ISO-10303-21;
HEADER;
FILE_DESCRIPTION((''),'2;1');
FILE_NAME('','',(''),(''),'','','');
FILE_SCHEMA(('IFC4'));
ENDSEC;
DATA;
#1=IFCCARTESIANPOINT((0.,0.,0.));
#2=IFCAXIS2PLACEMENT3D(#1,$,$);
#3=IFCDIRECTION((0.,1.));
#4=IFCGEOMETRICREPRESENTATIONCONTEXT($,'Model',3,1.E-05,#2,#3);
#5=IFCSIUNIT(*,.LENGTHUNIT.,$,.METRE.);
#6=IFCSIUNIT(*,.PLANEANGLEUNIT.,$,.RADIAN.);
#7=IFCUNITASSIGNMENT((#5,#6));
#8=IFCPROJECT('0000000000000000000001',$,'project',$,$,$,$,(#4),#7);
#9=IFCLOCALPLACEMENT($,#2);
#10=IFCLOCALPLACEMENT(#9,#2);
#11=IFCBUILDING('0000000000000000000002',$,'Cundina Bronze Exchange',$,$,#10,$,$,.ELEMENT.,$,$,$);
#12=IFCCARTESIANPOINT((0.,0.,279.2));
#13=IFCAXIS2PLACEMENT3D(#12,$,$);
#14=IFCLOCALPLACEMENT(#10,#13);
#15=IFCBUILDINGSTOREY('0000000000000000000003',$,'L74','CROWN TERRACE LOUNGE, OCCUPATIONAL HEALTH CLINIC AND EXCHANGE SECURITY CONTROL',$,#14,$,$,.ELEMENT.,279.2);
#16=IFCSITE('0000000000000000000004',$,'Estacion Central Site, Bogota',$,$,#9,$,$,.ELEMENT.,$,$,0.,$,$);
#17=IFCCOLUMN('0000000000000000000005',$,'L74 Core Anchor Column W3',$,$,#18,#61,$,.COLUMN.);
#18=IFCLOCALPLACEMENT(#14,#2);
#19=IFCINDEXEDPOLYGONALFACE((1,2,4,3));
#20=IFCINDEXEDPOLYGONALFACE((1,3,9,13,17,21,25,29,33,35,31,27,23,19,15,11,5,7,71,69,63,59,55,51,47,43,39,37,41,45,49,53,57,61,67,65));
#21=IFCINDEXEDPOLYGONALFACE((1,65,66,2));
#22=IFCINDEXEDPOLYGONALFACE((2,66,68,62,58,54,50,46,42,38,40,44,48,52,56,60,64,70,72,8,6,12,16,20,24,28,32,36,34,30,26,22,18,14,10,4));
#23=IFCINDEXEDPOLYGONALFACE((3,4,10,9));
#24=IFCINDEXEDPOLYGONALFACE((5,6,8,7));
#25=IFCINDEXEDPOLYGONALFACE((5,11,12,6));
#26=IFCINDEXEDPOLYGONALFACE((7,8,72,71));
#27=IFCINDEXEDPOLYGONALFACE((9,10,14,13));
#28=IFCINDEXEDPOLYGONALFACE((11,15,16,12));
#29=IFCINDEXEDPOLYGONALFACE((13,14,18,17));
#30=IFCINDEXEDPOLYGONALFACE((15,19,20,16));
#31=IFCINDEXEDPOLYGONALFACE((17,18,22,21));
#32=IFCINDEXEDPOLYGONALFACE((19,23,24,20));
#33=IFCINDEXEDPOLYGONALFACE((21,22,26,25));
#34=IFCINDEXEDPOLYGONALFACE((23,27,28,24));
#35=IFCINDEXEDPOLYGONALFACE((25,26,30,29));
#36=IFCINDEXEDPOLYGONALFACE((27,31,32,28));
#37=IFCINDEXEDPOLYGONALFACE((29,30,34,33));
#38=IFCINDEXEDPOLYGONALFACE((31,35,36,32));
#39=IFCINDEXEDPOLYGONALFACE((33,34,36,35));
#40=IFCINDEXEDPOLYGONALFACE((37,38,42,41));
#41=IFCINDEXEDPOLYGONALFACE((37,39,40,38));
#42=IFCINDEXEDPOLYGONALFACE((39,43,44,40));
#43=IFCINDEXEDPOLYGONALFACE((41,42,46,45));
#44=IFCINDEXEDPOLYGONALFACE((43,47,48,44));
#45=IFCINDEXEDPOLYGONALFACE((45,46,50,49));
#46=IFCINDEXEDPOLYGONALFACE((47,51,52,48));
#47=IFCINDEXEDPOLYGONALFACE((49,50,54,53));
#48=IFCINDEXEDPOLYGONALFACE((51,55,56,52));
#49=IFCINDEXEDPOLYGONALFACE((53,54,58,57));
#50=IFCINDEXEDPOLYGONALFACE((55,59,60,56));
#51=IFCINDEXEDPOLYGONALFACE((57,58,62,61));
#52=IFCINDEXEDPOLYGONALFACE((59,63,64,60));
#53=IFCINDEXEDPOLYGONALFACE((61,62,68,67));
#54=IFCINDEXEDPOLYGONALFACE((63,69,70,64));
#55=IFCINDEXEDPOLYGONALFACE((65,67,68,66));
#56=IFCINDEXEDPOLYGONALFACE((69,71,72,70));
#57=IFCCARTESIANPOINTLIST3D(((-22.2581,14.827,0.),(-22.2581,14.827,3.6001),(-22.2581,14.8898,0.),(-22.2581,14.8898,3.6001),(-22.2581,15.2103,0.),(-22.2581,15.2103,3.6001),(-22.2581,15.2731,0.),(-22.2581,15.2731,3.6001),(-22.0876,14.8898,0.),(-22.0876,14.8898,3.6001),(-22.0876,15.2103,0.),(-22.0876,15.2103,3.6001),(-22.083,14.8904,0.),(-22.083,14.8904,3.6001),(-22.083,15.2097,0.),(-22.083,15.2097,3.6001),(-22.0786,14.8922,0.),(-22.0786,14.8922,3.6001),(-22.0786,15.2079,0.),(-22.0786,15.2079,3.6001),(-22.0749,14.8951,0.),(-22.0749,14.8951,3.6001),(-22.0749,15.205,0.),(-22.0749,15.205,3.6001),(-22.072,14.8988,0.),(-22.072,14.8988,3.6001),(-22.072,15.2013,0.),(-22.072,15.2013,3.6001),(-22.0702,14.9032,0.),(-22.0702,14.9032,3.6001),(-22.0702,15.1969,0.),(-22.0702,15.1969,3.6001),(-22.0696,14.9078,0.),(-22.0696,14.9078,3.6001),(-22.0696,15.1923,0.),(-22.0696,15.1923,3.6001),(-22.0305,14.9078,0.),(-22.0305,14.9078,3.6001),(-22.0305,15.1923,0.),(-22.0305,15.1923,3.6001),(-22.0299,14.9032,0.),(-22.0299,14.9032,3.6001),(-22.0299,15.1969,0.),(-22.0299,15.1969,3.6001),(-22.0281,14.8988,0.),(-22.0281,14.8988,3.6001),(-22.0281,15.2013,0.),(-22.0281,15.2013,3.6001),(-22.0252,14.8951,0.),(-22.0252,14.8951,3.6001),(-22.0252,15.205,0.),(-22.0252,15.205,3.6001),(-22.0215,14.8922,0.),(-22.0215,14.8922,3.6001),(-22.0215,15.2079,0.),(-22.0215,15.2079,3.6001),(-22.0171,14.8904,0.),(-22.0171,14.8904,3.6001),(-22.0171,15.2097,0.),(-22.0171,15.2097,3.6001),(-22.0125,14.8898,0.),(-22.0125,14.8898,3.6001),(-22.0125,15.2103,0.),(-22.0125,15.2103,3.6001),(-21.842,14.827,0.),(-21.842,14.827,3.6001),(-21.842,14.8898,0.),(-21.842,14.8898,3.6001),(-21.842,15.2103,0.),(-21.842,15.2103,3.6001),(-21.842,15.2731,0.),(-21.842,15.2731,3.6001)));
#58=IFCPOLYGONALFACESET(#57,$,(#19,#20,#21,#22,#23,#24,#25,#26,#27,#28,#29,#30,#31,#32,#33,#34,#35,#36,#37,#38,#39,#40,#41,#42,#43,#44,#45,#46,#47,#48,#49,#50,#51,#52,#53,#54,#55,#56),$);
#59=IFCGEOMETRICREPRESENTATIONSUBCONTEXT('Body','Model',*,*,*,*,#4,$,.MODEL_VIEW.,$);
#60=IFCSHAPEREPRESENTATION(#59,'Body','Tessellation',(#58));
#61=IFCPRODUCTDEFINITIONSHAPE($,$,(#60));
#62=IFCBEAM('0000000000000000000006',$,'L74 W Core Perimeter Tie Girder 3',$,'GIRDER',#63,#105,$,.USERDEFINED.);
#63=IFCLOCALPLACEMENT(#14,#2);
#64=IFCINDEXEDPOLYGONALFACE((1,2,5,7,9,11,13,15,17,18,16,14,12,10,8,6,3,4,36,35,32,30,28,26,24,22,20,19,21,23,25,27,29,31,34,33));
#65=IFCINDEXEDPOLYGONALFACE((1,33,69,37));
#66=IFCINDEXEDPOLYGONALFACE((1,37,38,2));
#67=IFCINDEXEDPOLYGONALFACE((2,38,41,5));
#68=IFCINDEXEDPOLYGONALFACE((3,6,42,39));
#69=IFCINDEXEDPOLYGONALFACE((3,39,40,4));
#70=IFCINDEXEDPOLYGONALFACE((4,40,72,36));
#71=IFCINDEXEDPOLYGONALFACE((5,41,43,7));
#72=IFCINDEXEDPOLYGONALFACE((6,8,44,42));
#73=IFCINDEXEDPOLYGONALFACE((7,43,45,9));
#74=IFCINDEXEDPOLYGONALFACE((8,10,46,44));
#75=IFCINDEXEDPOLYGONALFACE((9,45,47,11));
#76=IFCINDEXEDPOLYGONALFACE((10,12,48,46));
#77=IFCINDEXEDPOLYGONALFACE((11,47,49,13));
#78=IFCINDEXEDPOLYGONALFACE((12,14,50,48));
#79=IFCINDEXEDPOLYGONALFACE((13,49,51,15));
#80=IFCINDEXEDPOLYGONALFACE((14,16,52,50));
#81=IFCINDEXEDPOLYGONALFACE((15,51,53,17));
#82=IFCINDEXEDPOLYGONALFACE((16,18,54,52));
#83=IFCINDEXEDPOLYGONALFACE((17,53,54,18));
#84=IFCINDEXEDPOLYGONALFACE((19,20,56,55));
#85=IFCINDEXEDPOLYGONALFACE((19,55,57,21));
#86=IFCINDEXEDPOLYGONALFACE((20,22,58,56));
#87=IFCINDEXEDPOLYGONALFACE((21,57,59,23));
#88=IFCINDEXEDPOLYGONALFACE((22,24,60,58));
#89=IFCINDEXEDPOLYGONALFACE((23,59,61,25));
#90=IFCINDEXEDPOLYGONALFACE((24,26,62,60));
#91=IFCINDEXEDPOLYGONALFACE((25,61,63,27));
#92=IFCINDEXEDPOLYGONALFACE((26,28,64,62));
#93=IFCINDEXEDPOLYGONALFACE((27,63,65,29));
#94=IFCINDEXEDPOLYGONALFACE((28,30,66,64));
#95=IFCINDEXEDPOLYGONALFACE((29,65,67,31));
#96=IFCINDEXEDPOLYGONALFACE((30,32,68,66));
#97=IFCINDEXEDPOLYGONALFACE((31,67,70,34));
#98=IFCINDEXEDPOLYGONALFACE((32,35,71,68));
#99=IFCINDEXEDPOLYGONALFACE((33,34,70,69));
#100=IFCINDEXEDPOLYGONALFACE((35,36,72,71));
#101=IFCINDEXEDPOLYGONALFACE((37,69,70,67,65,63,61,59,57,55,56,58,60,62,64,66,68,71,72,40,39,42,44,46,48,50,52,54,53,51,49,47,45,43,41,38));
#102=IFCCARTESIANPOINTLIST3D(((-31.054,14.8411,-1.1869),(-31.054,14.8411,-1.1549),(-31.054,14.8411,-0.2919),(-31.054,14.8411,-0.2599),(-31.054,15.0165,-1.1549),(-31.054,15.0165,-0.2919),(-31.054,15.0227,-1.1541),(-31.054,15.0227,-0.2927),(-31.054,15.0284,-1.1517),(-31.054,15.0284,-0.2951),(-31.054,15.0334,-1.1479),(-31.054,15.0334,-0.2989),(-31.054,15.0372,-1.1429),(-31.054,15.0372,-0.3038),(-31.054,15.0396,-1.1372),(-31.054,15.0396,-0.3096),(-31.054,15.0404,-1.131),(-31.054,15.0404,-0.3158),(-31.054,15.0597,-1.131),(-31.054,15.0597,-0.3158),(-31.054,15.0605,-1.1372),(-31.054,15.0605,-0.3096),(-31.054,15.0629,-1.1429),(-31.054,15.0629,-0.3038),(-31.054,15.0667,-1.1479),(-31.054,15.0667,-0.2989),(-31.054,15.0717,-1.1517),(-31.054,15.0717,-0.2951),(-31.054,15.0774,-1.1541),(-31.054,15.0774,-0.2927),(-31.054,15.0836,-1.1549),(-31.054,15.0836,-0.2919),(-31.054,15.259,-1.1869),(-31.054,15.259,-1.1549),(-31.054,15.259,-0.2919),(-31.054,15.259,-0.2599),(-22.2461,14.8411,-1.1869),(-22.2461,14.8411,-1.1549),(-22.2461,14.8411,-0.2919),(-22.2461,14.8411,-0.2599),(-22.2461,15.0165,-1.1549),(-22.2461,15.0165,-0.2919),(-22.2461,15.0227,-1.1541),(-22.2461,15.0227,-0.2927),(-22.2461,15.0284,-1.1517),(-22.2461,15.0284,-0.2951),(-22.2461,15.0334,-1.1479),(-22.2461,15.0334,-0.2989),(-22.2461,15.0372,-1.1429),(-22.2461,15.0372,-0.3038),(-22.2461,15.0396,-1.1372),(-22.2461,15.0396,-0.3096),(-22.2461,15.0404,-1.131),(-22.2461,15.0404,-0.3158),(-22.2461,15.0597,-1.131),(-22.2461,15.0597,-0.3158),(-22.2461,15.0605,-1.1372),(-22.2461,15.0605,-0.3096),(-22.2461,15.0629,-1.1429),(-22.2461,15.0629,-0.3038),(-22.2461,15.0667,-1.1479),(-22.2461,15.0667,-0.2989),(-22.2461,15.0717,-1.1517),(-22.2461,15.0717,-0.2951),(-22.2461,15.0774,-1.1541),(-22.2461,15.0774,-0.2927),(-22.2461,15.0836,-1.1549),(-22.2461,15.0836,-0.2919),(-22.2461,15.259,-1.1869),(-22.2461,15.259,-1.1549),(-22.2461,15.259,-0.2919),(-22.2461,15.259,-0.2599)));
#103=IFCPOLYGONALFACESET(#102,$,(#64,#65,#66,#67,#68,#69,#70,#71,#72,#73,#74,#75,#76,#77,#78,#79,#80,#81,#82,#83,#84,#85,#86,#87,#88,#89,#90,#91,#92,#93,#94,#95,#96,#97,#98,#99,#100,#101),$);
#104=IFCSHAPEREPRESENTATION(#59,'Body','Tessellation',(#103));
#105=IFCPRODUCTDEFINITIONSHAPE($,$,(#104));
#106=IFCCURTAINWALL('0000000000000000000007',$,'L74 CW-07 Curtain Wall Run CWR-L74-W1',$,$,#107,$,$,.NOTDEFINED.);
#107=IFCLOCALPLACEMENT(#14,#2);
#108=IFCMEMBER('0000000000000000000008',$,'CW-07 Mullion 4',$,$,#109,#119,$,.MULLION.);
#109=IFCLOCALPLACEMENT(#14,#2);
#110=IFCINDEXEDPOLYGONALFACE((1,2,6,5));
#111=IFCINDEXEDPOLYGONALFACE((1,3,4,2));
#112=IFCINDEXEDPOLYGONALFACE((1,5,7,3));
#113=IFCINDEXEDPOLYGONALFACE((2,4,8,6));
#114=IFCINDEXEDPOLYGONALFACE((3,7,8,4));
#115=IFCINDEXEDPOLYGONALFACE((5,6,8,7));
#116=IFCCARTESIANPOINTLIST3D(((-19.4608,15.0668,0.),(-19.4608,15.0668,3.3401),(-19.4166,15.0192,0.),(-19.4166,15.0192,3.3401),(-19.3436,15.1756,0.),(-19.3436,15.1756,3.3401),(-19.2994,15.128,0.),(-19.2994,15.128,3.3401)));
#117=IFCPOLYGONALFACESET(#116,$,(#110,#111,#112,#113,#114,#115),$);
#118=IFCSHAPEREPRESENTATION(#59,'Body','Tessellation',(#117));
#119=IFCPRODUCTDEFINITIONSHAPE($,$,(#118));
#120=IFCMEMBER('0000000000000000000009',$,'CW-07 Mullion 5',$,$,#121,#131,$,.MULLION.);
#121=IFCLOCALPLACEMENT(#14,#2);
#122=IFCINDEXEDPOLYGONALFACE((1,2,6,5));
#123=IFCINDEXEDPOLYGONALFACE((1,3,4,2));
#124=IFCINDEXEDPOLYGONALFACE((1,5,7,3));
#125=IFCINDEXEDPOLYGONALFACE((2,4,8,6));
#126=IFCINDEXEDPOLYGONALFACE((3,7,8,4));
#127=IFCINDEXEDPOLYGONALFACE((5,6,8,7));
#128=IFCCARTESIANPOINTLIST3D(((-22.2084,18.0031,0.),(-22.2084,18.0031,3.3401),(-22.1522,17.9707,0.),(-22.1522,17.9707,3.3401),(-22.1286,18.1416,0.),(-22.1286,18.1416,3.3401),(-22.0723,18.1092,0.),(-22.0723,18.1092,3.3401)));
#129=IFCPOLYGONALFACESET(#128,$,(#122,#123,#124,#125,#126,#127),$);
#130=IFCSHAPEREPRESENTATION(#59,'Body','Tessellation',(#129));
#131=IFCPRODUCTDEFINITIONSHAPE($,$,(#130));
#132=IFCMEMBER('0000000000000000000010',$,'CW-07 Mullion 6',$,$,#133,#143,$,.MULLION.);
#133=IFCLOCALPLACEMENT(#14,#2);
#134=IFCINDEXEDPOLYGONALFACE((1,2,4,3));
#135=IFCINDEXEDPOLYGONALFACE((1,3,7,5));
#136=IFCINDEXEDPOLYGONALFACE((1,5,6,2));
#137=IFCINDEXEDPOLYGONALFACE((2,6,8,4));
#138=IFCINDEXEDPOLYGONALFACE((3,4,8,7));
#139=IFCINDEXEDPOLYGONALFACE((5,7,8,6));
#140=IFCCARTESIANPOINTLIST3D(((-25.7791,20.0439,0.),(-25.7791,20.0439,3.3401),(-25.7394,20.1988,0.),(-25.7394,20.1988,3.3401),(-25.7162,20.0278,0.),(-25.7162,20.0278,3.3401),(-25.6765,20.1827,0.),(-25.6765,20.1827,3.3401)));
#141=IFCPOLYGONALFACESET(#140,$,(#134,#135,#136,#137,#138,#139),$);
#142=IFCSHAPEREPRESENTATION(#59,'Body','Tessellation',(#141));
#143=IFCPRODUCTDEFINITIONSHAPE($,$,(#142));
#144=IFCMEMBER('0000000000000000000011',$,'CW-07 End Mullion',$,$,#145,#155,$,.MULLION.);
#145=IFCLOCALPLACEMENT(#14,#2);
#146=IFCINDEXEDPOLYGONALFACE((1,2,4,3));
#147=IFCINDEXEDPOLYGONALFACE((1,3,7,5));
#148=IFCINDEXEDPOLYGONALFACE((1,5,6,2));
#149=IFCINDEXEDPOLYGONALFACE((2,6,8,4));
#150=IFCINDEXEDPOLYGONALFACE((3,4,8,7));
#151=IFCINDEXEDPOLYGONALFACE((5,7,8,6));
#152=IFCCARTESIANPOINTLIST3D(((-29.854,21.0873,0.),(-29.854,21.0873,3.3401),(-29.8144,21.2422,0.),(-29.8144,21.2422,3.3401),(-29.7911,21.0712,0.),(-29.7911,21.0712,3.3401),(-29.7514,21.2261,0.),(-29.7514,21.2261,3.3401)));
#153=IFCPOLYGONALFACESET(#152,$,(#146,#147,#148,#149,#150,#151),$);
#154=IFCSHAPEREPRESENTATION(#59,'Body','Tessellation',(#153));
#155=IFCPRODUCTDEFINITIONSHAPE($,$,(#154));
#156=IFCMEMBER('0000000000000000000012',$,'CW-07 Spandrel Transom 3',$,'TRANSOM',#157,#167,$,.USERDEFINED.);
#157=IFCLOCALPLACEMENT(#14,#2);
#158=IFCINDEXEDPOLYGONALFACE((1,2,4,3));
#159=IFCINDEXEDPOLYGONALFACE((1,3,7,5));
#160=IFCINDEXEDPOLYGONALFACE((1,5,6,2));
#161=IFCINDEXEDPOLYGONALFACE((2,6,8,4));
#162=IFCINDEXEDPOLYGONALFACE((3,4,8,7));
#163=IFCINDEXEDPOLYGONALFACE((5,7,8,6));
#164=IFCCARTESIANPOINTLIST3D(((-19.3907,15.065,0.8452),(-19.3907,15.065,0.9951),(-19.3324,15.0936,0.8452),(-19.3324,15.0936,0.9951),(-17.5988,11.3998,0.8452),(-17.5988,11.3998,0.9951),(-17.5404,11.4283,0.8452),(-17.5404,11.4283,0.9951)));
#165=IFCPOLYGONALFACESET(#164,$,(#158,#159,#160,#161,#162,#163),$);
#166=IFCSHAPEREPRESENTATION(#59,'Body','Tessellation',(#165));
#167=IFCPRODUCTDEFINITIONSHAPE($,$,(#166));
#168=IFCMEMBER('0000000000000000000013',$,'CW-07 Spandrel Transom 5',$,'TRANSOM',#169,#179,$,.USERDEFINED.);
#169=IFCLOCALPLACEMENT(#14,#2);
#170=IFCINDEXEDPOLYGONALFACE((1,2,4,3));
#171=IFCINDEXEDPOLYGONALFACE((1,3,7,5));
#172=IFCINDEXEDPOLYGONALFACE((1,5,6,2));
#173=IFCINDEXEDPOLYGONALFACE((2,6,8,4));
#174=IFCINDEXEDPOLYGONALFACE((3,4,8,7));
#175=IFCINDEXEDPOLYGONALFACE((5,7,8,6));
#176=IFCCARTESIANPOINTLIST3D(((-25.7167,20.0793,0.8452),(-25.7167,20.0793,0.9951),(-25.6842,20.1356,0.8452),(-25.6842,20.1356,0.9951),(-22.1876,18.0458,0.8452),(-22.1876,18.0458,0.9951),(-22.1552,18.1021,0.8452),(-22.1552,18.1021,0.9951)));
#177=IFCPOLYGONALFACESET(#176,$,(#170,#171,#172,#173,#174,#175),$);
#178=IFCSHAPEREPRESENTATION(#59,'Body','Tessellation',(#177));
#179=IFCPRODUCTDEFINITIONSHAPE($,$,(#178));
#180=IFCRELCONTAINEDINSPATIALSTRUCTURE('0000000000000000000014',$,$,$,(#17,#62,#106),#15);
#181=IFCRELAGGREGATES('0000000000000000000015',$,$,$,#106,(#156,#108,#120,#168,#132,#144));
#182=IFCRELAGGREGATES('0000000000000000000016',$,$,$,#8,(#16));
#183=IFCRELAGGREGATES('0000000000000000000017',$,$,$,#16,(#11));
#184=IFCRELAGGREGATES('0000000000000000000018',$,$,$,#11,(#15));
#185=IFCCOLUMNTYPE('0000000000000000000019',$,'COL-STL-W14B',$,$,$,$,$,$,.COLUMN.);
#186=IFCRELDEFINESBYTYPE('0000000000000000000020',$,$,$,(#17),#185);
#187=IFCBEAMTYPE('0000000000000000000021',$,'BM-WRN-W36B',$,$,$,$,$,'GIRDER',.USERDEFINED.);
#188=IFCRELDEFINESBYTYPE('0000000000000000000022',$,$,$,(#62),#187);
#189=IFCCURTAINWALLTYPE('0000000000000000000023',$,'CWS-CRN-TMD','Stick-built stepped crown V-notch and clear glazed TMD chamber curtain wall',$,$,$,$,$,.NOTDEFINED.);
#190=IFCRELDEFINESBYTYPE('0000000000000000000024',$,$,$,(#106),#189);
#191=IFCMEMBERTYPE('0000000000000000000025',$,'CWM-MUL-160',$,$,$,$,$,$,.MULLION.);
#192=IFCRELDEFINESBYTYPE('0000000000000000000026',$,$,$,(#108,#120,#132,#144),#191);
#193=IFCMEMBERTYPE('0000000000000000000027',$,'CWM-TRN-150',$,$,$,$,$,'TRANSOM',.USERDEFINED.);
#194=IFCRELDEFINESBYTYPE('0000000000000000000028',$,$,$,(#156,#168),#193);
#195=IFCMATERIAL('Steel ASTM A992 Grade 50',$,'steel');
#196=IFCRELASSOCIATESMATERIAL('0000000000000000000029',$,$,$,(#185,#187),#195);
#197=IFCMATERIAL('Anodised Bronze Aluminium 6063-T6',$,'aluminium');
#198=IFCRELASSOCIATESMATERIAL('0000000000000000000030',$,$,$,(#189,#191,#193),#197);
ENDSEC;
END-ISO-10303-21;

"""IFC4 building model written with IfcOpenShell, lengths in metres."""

from ifc_helpers import new_model, si_unit, direction, frame, origin, origin_2d, place, context, subcontext, project, spatial, rectangle, i_section, extrude, material, material_profile, profile_set, type_object, element, aggregate, save


model = new_model("IFC4")

# Units and contexts
model_context = context("Model", 3, precision=1e-05, world=origin(), true_north=direction((0.0, 1.0)))
body_context = subcontext(model_context, "Body", "Model", "MODEL_VIEW")
ifc_project = project(units=[si_unit("LENGTHUNIT", "METRE"), si_unit("PLANEANGLEUNIT", "RADIAN")], contexts=[model_context])

# Site, building, storey
site_placement = place(None, origin())
site = spatial("IfcSite", under=ifc_project, at=site_placement, Name="Estacion Central Site, Bogota", CompositionType="ELEMENT", RefElevation=0.0)
building_placement = place(site_placement, origin())
building = spatial("IfcBuilding", under=site, at=building_placement, Name="Cundina Bronze Exchange", CompositionType="ELEMENT")
storey_placement = place(building_placement, frame((0.0, 0.0, 279.2)))
storey = spatial("IfcBuildingStorey", under=building, at=storey_placement, Name="L74", Description="CROWN TERRACE LOUNGE, OCCUPATIONAL HEALTH CLINIC AND EXCHANGE SECURITY CONTROL", CompositionType="ELEMENT", Elevation=279.2)

# Column
ifc_material_1 = material(Name="Steel ASTM A992 Grade 50", Category="steel")
ifc_material_profile_1 = material_profile(ifc_material_1, i_section(OverallWidth=0.416, OverallDepth=0.446, WebThickness=0.0391, FlangeThickness=0.0627, FilletRadius=0.0181, at=origin_2d()), Name="W14X342", Category="steel")
ifc_profile_set_1 = profile_set([ifc_material_profile_1], Name="Steel ASTM A992 Grade 50")
column_type = type_object("IfcColumnType", Name="COL-STL-W14B", PredefinedType="COLUMN", material=ifc_profile_set_1)
column_placement = place(storey_placement, frame((-22.05, 15.05, 0.0), z_axis=(0.0, 0.0, 1.0), x_axis=(1.0, 0.0, 0.0)))
element("IfcColumn", 1, at=column_placement, inside=storey, type_object=column_type, Name="L74 Core Anchor Column W3", PredefinedType="COLUMN", context=body_context, shape_type="SweptSolid", body=[
    extrude(i_section(OverallWidth=0.416, OverallDepth=0.446, WebThickness=0.0391, FlangeThickness=0.0627, FilletRadius=0.0181, at=origin_2d()), origin(), (0.0, 0.0, 1.0), 3.6001),
])

# Beam
ifc_material_profile_2 = material_profile(ifc_material_1, i_section(OverallWidth=0.418, OverallDepth=0.927, WebThickness=0.0193, FlangeThickness=0.032, FilletRadius=0.0239, at=origin_2d()), Name="W36X231", Category="steel")
ifc_profile_set_2 = profile_set([ifc_material_profile_2], Name="Steel ASTM A992 Grade 50")
beam_type = type_object("IfcBeamType", Name="BM-WRN-W36B", ElementType="GIRDER", PredefinedType="USERDEFINED", material=ifc_profile_set_2)
beam_placement = place(storey_placement, frame((-22.2461, 15.05, -0.7234), z_axis=(-1.0, 0.0, 0.0), x_axis=(0.0, -1.0, 0.0)))
element("IfcBeam", 2, at=beam_placement, inside=storey, type_object=beam_type, Name="L74 W Core Perimeter Tie Girder 3", ObjectType="GIRDER", PredefinedType="USERDEFINED", context=body_context, shape_type="SweptSolid", body=[
    extrude(i_section(OverallWidth=0.418, OverallDepth=0.927, WebThickness=0.0193, FlangeThickness=0.032, FilletRadius=0.0239, at=origin_2d()), origin(), (0.0, 0.0, 1.0), 8.8079),
])

# Curtain wall, members
ifc_material_2 = material(Name="Anodised Bronze Aluminium 6063-T6", Category="aluminium")
curtain_wall_type = type_object("IfcCurtainWallType", Name="CWS-CRN-TMD", Description="Stick-built stepped crown V-notch and clear glazed TMD chamber curtain wall", PredefinedType="NOTDEFINED", material=ifc_material_2)
curtain_wall_placement = place(storey_placement, origin())
curtain_wall = element("IfcCurtainWall", 3, at=curtain_wall_placement, inside=storey, type_object=curtain_wall_type, Name="L74 CW-07 Curtain Wall Run CWR-L74-W1", PredefinedType="NOTDEFINED")
ifc_material_profile_3 = material_profile(ifc_material_2, rectangle(XDim=0.0649, YDim=0.1599, at=origin_2d()), Name="AL65X160", Category="aluminium")
ifc_profile_set_3 = profile_set([ifc_material_profile_3], Name="Anodised Bronze Aluminium 6063-T6")
member_type_1 = type_object("IfcMemberType", Name="CWM-MUL-160", PredefinedType="MULLION", material=ifc_profile_set_3)
member_1_placement = place(storey_placement, frame((-19.3801, 15.0974, 0.0), z_axis=(0.0, 0.0, 1.0), x_axis=(-0.680465, 0.73278, 0.0)))
member_1 = element("IfcMember", 4, at=member_1_placement, type_object=member_type_1, Name="CW-07 Mullion 4", PredefinedType="MULLION", context=body_context, shape_type="SweptSolid", body=[
    extrude(rectangle(XDim=0.0649, YDim=0.1599, at=origin_2d()), origin(), (0.0, 0.0, 1.0), 3.3401),
])
member_2_placement = place(storey_placement, frame((-22.1404, 18.0562, 0.0), z_axis=(0.0, 0.0, 1.0), x_axis=(-0.866461, 0.499244, 0.0)))
member_2 = element("IfcMember", 5, at=member_2_placement, type_object=member_type_1, Name="CW-07 Mullion 5", PredefinedType="MULLION", context=body_context, shape_type="SweptSolid", body=[
    extrude(rectangle(XDim=0.0649, YDim=0.1599, at=origin_2d()), origin(), (0.0, 0.0, 1.0), 3.3401),
])
member_3_placement = place(storey_placement, frame((-25.7278, 20.1133, 0.0), z_axis=(0.0, 0.0, 1.0), x_axis=(-0.968757, 0.248014, 0.0)))
member_3 = element("IfcMember", 6, at=member_3_placement, type_object=member_type_1, Name="CW-07 Mullion 6", PredefinedType="MULLION", context=body_context, shape_type="SweptSolid", body=[
    extrude(rectangle(XDim=0.0649, YDim=0.1599, at=origin_2d()), origin(), (0.0, 0.0, 1.0), 3.3401),
])
member_4_placement = place(storey_placement, frame((-29.8027, 21.1567, 0.0), z_axis=(0.0, 0.0, 1.0), x_axis=(-0.968757, 0.248014, 0.0)))
member_4 = element("IfcMember", 7, at=member_4_placement, type_object=member_type_1, Name="CW-07 End Mullion", PredefinedType="MULLION", context=body_context, shape_type="SweptSolid", body=[
    extrude(rectangle(XDim=0.0649, YDim=0.1599, at=origin_2d()), origin(), (0.0, 0.0, 1.0), 3.3401),
])
ifc_material_profile_4 = material_profile(ifc_material_2, rectangle(XDim=0.0649, YDim=0.1499, at=origin_2d()), Name="AL65X150", Category="aluminium")
ifc_profile_set_4 = profile_set([ifc_material_profile_4], Name="Anodised Bronze Aluminium 6063-T6")
member_type_2 = type_object("IfcMemberType", Name="CWM-TRN-150", ElementType="TRANSOM", PredefinedType="USERDEFINED", material=ifc_profile_set_4)
member_5_placement = place(storey_placement, frame((-17.5696, 11.4141, 0.9202), z_axis=(-0.439225, 0.898377, 0.0), x_axis=(-0.898377, -0.439225, 0.0)))
member_5 = element("IfcMember", 8, at=member_5_placement, type_object=member_type_2, Name="CW-07 Spandrel Transom 3", ObjectType="TRANSOM", PredefinedType="USERDEFINED", context=body_context, shape_type="SweptSolid", body=[
    extrude(rectangle(XDim=0.0649, YDim=0.1499, at=origin_2d()), origin(), (0.0, 0.0, 1.0), 4.0798),
])
member_6_placement = place(storey_placement, frame((-22.1714, 18.074, 0.9202), z_axis=(-0.866456, 0.499254, 0.0), x_axis=(-0.499254, -0.866456, 0.0)))
member_6 = element("IfcMember", 9, at=member_6_placement, type_object=member_type_2, Name="CW-07 Spandrel Transom 5", ObjectType="TRANSOM", PredefinedType="USERDEFINED", context=body_context, shape_type="SweptSolid", body=[
    extrude(rectangle(XDim=0.0649, YDim=0.1499, at=origin_2d()), origin(), (0.0, 0.0, 1.0), 4.073),
])
aggregate(curtain_wall, [member_5, member_1, member_2, member_6, member_3, member_4])

save(model, "model.ifc")
